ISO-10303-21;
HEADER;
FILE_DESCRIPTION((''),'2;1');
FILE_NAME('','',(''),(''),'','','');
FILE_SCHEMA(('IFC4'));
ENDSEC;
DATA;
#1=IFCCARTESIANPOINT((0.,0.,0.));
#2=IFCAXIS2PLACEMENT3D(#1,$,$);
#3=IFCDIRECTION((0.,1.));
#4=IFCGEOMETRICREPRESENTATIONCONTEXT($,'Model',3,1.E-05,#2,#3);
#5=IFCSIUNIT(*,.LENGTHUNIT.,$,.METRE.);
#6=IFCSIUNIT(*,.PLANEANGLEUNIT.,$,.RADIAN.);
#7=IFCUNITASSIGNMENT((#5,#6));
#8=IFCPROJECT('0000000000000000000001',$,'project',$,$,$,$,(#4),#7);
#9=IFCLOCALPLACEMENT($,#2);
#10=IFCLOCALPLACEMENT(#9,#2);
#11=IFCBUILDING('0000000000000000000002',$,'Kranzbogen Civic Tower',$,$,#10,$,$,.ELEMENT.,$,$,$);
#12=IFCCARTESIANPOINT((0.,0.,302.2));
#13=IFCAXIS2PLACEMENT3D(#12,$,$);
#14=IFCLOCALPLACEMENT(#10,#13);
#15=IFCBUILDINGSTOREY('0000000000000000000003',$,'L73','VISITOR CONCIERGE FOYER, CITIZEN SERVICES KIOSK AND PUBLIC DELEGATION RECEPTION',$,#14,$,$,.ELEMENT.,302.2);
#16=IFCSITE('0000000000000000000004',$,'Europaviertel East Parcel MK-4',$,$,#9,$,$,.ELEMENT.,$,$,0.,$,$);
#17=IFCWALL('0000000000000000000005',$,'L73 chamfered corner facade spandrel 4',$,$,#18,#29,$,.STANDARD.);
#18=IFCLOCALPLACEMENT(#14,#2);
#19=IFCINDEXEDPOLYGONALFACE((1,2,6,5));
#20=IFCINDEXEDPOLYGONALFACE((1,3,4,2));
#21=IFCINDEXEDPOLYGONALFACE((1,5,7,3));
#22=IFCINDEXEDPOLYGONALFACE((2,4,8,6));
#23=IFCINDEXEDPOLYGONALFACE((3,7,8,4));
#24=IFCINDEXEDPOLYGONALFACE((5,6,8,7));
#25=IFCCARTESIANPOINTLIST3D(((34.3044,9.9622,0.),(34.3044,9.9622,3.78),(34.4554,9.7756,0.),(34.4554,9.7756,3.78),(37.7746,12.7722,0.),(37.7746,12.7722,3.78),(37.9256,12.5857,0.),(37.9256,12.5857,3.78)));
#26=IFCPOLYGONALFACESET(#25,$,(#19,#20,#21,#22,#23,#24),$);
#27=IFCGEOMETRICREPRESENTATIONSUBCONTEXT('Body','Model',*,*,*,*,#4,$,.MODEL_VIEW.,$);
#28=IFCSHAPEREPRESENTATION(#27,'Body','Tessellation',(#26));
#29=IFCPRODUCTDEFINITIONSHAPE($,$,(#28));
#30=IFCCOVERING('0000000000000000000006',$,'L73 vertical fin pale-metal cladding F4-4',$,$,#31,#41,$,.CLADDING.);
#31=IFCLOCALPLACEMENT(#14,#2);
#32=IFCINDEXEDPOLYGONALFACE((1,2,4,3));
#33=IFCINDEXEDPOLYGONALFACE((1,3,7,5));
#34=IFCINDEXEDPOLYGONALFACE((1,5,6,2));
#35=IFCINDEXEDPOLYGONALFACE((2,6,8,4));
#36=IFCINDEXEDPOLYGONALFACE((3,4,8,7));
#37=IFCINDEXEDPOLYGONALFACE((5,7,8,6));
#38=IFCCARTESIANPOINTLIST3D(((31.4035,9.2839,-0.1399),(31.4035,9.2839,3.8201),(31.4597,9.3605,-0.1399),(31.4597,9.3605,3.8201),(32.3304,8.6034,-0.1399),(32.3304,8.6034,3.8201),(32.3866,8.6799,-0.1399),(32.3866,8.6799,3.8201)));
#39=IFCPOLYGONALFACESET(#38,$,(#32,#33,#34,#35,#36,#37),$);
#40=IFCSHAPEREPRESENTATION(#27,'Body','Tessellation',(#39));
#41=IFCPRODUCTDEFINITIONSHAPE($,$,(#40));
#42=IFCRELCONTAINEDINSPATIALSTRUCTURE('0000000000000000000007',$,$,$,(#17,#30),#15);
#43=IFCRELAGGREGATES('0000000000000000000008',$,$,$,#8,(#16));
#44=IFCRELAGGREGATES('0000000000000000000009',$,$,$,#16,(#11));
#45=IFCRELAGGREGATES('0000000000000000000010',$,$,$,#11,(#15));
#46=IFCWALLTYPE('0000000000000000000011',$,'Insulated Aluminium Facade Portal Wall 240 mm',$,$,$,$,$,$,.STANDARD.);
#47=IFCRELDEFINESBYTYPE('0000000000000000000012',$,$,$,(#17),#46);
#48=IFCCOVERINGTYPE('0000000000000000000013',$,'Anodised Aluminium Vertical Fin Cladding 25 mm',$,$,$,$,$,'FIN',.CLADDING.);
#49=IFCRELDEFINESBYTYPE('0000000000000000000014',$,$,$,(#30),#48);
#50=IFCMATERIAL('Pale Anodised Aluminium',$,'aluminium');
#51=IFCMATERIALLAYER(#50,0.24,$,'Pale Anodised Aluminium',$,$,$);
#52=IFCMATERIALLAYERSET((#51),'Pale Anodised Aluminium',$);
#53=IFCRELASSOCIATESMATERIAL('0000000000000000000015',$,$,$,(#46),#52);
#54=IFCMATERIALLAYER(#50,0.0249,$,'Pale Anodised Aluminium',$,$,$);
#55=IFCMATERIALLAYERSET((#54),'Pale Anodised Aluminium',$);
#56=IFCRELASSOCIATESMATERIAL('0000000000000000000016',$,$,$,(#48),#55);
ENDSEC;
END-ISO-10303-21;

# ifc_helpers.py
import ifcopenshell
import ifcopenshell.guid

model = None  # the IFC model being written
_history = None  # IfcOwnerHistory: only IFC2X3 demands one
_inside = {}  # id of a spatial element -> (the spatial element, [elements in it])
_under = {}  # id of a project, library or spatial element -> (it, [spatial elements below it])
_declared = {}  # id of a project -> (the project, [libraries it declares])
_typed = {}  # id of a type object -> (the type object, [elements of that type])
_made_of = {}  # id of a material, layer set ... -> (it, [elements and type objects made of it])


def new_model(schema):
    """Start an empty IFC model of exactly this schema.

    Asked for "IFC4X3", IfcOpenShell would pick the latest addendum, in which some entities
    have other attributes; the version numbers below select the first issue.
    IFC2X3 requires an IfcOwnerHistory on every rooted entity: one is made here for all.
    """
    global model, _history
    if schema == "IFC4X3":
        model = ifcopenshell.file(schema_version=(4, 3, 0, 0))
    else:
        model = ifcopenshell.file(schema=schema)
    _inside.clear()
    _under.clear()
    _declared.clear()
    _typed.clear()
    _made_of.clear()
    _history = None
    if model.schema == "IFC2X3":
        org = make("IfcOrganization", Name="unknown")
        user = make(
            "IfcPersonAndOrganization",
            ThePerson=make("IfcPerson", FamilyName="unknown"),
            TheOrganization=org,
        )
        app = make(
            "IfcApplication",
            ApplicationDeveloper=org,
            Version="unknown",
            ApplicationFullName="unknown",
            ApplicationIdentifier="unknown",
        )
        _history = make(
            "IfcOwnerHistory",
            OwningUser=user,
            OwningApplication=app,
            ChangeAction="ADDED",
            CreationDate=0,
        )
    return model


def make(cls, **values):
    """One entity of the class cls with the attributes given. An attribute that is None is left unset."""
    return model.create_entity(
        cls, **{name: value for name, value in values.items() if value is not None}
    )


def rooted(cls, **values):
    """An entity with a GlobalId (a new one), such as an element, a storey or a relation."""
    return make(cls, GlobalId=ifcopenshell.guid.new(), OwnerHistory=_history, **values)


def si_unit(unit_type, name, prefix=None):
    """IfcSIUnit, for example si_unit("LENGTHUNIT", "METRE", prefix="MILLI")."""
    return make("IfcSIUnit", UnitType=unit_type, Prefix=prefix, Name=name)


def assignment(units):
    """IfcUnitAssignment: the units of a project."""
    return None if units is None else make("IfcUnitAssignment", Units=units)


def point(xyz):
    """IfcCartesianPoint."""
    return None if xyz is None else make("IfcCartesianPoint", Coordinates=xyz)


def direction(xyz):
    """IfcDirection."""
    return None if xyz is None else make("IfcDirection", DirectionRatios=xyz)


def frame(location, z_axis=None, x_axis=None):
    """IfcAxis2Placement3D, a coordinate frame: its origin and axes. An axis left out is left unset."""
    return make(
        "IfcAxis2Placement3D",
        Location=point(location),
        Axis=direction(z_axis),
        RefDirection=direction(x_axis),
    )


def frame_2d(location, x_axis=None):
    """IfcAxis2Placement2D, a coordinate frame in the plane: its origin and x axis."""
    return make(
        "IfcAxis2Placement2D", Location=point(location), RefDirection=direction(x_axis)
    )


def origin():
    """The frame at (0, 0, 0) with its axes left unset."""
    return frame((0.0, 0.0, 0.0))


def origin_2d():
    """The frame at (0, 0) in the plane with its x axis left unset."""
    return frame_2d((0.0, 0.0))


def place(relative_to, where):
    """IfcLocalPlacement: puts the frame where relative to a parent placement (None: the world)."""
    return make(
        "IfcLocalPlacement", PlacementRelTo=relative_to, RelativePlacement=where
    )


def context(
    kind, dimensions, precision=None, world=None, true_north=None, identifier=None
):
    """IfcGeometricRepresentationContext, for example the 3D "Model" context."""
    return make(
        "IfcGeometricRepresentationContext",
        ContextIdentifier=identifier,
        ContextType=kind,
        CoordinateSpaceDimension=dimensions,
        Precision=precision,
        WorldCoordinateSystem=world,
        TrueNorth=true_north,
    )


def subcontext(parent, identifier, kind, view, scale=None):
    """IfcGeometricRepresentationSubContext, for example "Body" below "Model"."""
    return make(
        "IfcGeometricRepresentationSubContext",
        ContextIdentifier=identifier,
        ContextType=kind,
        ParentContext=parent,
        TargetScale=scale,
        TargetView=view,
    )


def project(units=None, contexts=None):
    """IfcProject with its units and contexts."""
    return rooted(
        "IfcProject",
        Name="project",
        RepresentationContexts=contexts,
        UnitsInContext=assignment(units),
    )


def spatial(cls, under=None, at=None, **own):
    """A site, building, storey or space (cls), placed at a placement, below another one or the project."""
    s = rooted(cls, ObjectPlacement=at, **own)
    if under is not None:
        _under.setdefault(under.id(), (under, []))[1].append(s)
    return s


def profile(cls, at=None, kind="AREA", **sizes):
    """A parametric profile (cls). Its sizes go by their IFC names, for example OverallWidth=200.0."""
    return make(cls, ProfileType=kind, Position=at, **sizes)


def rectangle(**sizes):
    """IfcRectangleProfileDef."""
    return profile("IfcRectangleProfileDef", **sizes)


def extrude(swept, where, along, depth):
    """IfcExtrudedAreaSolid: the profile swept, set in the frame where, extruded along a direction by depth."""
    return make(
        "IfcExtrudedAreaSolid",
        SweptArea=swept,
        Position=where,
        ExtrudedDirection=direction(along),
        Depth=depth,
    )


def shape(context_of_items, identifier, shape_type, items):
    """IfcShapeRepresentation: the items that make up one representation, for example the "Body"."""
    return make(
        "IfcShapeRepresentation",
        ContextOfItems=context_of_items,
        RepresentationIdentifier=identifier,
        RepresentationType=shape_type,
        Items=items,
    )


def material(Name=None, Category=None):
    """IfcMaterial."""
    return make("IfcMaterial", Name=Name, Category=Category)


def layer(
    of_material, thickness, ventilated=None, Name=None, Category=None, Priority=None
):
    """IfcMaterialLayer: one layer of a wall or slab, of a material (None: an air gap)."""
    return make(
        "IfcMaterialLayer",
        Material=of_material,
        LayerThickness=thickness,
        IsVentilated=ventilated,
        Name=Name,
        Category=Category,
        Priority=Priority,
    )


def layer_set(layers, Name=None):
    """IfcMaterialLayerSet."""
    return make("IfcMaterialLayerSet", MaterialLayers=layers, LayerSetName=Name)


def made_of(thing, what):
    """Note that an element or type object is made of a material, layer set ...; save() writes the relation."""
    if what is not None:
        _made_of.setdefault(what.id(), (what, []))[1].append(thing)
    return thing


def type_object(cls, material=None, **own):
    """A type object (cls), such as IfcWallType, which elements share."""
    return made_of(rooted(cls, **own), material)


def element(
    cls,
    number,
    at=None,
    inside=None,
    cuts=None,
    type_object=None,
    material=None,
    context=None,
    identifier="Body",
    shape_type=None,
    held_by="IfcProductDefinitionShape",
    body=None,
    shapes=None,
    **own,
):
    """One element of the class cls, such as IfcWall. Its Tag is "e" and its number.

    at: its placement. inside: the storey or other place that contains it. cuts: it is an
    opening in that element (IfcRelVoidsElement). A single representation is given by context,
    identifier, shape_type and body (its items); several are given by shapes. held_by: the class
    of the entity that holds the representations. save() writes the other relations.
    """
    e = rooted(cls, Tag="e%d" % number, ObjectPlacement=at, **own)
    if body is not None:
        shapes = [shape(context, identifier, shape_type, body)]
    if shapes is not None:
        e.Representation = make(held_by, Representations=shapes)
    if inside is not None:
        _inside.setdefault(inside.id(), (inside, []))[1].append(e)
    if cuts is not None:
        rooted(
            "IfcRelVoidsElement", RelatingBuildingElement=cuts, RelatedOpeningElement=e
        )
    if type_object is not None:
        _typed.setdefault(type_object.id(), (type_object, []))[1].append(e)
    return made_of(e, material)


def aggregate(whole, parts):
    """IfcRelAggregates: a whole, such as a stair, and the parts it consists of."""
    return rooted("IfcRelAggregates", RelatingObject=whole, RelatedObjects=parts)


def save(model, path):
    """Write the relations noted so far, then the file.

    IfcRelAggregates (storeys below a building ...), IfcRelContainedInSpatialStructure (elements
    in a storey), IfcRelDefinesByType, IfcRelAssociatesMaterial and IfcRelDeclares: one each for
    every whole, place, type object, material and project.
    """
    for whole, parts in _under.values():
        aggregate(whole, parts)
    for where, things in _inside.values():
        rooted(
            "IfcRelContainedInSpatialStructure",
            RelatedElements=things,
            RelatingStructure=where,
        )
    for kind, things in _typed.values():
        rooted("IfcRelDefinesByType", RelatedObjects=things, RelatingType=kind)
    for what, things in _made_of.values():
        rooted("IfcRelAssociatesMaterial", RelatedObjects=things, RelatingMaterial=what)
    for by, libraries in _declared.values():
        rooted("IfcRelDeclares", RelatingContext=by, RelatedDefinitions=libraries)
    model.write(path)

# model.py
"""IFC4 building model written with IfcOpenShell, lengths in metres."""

from ifc_helpers import new_model, si_unit, direction, frame, frame_2d, origin, origin_2d, place, context, subcontext, project, spatial, rectangle, extrude, material, layer, layer_set, type_object, element, save


model = new_model("IFC4")

# Units and contexts
model_context = context("Model", 3, precision=1e-05, world=origin(), true_north=direction((0.0, 1.0)))
body_context = subcontext(model_context, "Body", "Model", "MODEL_VIEW")
ifc_project = project(units=[si_unit("LENGTHUNIT", "METRE"), si_unit("PLANEANGLEUNIT", "RADIAN")], contexts=[model_context])

# Site, building, storey
site_placement = place(None, origin())
site = spatial("IfcSite", under=ifc_project, at=site_placement, Name="Europaviertel East Parcel MK-4", CompositionType="ELEMENT", RefElevation=0.0)
building_placement = place(site_placement, origin())
building = spatial("IfcBuilding", under=site, at=building_placement, Name="Kranzbogen Civic Tower", CompositionType="ELEMENT")
storey_placement = place(building_placement, frame((0.0, 0.0, 302.2)))
storey = spatial("IfcBuildingStorey", under=building, at=storey_placement, Name="L73", Description="VISITOR CONCIERGE FOYER, CITIZEN SERVICES KIOSK AND PUBLIC DELEGATION RECEPTION", CompositionType="ELEMENT", Elevation=302.2)

# Shared definitions
ifc_material_1 = material(Name="Pale Anodised Aluminium", Category="aluminium")

# Wall
ifc_layer_1 = layer(ifc_material_1, 0.24, Name="Pale Anodised Aluminium")
ifc_layer_set_1 = layer_set([ifc_layer_1], Name="Pale Anodised Aluminium")
wall_type_1 = type_object("IfcWallType", Name="Insulated Aluminium Facade Portal Wall 240 mm", PredefinedType="STANDARD", material=ifc_layer_set_1)
wall_1_placement = place(storey_placement, frame((34.3799, 9.8689, 0.0), z_axis=(0.0, 0.0, 1.0), x_axis=(0.777153, 0.629311, 0.0)))
element("IfcWall", 1, at=wall_1_placement, inside=storey, type_object=wall_type_1, Name="L73 chamfered corner facade spandrel 4", PredefinedType="STANDARD", context=body_context, shape_type="SweptSolid", body=[
    extrude(rectangle(XDim=4.4653, YDim=0.24, at=frame_2d((2.2327, 0.0))), origin(), (0.0, 0.0, 1.0), 3.78),
])

# Covering
ifc_layer_2 = layer(ifc_material_1, 0.0249, Name="Pale Anodised Aluminium")
ifc_layer_set_2 = layer_set([ifc_layer_2], Name="Pale Anodised Aluminium")
covering_type = type_object("IfcCoveringType", Name="Anodised Aluminium Vertical Fin Cladding 25 mm", ElementType="FIN", PredefinedType="CLADDING", material=ifc_layer_set_2)
covering_placement = place(storey_placement, frame((31.895, 8.9819, -0.1399), z_axis=(0.0, 0.0, 1.0), x_axis=(0.806052, -0.591844, 0.0)))
element("IfcCovering", 2, at=covering_placement, inside=storey, type_object=covering_type, Name="L73 vertical fin pale-metal cladding F4-4", PredefinedType="CLADDING", context=body_context, shape_type="SweptSolid", body=[
    extrude(rectangle(XDim=1.1499, YDim=0.095, at=origin_2d()), origin(), (0.0, 0.0, 1.0), 3.96),
])

save(model, "model.ifc")
